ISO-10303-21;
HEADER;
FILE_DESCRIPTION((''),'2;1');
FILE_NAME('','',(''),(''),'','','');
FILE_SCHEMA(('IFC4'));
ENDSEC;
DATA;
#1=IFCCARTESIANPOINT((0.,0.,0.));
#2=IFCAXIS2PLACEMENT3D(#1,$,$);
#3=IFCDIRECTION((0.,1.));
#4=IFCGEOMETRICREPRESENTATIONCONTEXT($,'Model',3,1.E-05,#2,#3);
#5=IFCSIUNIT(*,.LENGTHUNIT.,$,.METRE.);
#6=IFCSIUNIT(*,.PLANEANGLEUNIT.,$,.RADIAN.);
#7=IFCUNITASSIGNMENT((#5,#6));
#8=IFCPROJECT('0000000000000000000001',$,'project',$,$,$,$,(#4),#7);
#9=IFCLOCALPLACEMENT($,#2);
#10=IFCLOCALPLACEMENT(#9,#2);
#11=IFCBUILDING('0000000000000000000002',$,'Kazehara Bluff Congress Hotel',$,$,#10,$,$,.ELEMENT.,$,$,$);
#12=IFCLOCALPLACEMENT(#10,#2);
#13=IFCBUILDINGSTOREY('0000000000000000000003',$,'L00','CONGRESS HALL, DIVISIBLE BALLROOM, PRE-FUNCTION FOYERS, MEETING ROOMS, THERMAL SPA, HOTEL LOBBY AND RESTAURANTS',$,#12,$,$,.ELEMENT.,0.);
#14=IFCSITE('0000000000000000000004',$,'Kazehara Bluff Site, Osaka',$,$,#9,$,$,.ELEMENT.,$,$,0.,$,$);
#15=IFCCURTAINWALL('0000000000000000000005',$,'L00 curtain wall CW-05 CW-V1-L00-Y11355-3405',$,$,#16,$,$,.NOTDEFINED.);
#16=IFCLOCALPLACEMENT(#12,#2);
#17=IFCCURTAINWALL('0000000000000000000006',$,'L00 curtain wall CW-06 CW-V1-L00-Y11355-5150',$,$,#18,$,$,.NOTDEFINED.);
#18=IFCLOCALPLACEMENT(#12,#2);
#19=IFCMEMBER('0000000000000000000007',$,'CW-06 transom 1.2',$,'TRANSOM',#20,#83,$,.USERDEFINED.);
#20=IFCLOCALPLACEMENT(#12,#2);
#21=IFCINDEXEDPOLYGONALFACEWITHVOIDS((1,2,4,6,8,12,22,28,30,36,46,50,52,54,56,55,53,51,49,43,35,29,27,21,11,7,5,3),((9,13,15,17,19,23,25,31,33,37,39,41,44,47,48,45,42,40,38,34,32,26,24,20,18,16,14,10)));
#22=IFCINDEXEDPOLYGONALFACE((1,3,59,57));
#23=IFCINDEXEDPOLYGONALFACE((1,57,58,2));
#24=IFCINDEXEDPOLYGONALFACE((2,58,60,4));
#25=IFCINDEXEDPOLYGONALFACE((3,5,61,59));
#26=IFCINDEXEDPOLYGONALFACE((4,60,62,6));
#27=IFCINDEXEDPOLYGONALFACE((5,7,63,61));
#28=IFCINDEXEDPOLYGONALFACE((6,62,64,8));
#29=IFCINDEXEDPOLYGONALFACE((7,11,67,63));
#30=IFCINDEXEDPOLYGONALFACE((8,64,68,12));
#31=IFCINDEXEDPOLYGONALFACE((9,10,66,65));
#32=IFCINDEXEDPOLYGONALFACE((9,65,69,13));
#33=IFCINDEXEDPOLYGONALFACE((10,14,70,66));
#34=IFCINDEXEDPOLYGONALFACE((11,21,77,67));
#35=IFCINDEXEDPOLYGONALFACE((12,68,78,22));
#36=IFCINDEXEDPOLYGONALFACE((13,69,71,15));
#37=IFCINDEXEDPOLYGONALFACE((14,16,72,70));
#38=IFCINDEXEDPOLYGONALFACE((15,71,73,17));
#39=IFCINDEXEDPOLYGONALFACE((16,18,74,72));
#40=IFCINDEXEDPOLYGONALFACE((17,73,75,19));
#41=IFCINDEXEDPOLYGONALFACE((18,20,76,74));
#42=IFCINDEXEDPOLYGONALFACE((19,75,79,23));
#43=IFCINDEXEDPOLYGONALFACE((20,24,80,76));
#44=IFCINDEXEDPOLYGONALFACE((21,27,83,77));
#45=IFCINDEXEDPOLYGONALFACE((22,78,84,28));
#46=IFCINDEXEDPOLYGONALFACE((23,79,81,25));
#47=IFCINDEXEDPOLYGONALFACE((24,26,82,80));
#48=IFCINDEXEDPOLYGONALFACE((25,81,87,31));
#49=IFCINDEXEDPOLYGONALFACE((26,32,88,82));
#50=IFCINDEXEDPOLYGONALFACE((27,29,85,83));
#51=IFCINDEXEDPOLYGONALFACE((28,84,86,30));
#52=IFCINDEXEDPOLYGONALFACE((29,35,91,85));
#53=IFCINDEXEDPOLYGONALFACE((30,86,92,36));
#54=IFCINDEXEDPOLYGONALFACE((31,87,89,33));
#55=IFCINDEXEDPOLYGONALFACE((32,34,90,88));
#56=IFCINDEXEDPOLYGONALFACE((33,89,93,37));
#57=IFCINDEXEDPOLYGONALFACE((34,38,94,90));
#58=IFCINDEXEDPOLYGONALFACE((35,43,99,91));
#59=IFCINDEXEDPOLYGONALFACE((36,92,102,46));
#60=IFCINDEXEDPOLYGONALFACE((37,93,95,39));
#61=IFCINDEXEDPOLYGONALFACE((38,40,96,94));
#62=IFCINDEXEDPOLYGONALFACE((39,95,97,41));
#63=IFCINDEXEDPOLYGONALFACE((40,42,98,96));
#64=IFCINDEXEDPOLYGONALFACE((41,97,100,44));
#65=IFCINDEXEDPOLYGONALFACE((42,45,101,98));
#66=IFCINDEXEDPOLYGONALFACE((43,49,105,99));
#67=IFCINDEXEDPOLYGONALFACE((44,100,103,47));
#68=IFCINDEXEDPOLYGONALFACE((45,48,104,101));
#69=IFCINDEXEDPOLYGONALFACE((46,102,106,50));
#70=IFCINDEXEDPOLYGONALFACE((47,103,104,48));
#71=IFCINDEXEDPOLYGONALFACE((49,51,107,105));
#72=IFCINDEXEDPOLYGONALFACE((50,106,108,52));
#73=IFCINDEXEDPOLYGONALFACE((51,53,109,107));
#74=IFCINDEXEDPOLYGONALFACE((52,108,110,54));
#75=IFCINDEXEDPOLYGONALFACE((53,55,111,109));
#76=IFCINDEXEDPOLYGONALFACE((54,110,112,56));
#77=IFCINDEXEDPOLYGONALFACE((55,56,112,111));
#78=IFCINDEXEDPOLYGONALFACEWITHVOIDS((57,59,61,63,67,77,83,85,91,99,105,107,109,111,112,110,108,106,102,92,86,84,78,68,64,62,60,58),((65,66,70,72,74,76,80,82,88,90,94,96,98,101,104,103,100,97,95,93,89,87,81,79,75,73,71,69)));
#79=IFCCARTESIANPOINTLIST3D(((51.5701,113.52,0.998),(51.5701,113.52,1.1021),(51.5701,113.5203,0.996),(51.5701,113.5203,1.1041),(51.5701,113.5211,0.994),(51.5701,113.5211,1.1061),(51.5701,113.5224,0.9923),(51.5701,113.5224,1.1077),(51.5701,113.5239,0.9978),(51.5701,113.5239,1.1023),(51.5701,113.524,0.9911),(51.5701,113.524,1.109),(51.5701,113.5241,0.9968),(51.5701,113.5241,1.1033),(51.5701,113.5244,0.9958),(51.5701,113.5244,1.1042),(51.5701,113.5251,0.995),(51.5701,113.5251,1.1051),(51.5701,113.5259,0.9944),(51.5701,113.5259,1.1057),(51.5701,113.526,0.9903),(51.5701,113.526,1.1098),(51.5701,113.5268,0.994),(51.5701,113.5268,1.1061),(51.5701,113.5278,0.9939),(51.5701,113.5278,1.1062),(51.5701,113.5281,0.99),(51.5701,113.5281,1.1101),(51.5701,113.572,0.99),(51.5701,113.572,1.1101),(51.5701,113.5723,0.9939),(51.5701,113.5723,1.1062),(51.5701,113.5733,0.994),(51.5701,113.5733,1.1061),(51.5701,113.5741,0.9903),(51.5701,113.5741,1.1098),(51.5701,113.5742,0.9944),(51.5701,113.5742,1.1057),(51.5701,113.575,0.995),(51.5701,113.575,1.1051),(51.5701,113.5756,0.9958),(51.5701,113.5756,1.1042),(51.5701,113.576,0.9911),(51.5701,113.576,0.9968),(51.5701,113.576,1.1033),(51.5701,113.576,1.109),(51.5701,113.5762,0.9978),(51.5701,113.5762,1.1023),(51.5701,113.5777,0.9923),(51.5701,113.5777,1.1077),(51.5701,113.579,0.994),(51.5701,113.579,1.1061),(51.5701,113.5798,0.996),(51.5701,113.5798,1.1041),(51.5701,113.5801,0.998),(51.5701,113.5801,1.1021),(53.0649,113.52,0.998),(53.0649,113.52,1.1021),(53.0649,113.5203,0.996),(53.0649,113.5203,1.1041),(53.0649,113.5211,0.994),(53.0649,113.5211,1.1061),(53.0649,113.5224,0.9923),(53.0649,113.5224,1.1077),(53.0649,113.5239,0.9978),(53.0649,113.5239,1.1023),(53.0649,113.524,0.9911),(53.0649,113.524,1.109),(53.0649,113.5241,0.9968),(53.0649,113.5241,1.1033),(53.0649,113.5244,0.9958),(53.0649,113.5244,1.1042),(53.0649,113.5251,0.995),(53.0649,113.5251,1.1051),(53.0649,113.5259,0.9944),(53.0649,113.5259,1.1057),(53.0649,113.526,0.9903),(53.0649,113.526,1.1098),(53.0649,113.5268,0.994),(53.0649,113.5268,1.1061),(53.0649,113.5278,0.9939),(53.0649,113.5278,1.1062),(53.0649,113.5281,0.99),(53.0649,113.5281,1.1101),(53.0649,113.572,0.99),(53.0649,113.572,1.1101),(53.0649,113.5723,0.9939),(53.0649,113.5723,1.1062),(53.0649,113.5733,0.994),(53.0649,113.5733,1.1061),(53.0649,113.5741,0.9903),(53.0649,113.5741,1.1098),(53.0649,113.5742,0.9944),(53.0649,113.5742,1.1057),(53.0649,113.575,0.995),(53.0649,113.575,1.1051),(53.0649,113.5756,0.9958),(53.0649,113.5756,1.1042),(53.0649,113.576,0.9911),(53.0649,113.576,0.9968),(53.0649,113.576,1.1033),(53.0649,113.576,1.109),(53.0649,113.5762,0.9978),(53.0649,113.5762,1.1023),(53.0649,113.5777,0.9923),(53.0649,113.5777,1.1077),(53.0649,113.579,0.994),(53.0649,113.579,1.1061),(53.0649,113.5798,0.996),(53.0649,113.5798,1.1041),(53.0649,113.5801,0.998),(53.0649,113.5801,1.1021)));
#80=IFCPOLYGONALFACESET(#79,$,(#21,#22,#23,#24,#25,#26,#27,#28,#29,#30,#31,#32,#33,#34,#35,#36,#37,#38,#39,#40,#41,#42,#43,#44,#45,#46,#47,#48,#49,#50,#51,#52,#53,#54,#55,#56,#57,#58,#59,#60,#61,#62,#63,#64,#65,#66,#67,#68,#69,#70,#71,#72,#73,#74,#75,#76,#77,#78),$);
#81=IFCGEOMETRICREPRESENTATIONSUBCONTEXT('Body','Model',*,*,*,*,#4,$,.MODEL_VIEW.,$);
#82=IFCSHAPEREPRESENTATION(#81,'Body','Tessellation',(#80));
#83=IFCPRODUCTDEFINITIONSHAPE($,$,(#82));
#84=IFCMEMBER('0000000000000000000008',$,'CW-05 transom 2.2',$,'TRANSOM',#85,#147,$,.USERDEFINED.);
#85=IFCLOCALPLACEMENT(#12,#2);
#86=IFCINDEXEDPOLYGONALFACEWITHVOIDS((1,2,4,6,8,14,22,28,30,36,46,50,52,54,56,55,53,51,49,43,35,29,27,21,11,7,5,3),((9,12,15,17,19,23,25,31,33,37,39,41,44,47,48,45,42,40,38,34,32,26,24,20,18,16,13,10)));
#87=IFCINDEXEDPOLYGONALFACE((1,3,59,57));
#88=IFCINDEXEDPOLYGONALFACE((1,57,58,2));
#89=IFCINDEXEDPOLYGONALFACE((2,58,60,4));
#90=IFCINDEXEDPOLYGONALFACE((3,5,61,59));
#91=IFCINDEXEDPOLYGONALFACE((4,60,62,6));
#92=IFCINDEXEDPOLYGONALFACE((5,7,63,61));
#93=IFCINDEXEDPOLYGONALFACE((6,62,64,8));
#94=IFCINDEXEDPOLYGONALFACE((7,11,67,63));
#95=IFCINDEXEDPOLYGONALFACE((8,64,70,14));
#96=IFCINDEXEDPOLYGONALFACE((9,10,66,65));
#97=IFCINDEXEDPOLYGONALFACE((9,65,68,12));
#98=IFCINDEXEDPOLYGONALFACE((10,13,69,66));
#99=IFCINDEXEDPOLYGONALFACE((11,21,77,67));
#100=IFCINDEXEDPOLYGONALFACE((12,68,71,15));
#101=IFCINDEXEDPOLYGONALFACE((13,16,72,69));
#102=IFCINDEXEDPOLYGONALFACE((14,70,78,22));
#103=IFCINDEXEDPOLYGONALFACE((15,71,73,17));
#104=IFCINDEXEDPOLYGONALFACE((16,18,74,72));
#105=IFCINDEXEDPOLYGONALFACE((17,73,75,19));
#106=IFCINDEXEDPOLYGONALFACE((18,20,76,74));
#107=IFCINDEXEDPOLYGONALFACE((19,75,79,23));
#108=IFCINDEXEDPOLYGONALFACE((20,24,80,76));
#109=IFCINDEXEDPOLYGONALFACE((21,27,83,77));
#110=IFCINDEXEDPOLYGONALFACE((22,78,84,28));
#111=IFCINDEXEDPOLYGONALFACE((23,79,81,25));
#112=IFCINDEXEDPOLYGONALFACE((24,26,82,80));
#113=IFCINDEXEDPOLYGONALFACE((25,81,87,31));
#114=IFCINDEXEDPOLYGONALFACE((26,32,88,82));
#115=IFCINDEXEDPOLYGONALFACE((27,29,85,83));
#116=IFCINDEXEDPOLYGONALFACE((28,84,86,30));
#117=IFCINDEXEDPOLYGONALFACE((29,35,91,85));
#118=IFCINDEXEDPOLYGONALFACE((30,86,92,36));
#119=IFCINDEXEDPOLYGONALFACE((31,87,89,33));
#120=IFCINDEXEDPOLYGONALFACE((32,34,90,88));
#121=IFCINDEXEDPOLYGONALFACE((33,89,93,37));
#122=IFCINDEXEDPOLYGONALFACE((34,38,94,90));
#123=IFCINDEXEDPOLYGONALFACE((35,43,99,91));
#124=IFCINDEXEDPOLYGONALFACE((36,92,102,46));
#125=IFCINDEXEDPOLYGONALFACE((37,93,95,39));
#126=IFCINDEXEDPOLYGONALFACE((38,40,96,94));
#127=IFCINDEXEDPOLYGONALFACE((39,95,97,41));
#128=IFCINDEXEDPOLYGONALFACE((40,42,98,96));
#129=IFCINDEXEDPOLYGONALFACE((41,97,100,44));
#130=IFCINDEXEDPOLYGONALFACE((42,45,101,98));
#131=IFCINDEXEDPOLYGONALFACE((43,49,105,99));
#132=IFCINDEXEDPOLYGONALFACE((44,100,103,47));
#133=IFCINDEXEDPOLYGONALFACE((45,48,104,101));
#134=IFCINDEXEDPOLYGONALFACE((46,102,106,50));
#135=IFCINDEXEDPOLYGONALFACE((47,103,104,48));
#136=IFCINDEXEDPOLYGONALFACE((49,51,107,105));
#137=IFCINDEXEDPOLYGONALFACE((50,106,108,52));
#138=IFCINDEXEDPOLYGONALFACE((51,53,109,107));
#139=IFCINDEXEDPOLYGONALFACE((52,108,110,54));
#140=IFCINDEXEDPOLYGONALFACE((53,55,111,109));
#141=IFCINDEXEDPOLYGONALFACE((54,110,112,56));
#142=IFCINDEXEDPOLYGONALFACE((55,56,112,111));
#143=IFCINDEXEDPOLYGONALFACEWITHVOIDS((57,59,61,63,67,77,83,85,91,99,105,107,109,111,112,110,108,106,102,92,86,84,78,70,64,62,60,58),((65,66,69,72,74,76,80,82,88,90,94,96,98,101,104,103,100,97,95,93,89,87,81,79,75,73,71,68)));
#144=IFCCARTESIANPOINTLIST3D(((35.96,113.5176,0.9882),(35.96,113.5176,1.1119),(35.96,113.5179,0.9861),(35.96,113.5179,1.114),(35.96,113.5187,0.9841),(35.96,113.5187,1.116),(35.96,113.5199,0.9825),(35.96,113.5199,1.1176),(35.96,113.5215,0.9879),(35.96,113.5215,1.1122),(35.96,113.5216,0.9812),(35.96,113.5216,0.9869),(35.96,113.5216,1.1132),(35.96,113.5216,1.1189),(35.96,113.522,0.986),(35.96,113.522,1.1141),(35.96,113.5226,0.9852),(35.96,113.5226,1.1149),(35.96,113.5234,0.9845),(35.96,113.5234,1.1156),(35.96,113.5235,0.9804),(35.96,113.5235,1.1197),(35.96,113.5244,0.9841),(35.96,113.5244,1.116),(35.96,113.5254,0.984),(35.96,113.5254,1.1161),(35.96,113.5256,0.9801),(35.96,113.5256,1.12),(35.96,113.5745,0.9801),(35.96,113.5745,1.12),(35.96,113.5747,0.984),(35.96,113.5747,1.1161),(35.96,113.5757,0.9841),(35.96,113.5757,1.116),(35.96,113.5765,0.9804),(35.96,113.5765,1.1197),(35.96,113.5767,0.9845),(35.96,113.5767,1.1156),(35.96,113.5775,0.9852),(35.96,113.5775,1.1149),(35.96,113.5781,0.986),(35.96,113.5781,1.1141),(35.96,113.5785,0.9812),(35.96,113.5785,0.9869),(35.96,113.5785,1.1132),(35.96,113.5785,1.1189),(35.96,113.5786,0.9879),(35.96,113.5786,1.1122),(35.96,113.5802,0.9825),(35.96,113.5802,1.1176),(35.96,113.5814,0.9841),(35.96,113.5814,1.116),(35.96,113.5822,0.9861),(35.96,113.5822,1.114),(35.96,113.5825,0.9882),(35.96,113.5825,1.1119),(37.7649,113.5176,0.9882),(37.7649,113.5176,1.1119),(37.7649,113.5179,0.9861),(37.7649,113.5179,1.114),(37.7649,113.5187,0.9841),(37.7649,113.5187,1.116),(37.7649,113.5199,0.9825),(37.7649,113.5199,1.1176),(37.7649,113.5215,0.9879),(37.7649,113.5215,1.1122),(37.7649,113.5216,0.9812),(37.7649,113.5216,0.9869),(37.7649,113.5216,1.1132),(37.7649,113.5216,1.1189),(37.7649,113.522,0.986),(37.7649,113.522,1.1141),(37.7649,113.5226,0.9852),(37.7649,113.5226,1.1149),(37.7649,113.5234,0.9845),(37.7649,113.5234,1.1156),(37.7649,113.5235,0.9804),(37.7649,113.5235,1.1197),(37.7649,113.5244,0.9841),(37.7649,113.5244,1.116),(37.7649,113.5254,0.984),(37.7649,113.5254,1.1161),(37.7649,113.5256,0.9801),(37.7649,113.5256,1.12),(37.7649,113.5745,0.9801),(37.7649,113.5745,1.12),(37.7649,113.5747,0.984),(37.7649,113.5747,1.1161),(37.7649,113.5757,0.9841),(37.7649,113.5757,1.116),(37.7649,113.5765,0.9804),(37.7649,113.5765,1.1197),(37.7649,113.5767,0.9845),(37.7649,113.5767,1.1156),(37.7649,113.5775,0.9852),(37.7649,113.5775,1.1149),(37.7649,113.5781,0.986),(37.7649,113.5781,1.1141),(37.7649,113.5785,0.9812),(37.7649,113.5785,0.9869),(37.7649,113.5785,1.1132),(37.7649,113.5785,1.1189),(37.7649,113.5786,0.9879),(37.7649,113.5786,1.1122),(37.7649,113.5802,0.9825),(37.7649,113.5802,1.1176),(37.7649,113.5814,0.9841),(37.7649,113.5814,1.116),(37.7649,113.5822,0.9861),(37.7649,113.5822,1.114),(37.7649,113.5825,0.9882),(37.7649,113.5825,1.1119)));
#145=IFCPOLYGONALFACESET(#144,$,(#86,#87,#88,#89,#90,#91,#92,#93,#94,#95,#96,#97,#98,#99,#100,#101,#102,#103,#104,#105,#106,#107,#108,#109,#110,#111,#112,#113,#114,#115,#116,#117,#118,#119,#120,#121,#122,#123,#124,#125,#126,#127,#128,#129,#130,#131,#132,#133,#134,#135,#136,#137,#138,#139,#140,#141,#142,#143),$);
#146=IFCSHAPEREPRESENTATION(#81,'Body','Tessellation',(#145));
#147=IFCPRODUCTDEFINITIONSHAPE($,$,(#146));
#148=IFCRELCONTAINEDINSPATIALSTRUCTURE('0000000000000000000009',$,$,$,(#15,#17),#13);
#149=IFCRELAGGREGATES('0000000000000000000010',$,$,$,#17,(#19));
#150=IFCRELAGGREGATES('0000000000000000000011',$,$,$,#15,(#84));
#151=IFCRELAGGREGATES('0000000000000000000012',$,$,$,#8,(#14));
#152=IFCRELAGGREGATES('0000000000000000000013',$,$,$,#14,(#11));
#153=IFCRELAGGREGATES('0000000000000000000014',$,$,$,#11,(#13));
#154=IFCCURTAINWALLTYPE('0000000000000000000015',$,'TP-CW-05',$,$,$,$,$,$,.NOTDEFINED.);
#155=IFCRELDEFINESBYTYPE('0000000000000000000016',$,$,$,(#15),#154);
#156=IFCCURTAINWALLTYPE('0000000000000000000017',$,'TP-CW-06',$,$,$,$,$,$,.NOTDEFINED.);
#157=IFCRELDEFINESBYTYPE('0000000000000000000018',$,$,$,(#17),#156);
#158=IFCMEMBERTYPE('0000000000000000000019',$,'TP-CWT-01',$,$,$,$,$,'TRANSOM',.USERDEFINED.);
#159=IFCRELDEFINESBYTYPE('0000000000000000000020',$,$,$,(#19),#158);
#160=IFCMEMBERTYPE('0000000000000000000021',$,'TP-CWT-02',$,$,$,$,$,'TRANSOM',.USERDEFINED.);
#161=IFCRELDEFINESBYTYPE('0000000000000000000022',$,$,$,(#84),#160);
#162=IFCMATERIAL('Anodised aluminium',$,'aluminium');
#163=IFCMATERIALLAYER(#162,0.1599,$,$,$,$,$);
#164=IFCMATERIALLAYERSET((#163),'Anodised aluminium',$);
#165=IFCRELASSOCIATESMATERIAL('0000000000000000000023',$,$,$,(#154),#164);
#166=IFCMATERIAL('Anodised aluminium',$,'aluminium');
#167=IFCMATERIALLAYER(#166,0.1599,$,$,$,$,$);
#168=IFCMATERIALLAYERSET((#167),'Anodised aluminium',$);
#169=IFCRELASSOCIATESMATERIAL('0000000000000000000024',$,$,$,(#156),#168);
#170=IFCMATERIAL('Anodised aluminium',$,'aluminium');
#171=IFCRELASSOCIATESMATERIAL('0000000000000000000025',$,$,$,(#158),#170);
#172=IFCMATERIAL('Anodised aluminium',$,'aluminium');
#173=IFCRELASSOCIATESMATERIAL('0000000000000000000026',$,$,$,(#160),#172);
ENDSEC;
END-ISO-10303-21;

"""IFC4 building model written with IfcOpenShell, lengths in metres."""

from ifc_helpers import new_model, si_unit, direction, frame, origin, origin_2d, place, context, subcontext, project, spatial, hollow_rectangle, extrude, material, layer, layer_set, material_profile, profile_set, type_object, element, aggregate, save


model = new_model("IFC4")

# Units and contexts
model_context = context("Model", 3, precision=1e-05, world=origin(), true_north=direction((0.0, 1.0)))
body_context = subcontext(model_context, "Body", "Model", "MODEL_VIEW")
ifc_project = project(units=[si_unit("LENGTHUNIT", "METRE"), si_unit("PLANEANGLEUNIT", "RADIAN")], contexts=[model_context])

# Site, building, storey
site_placement = place(None, origin())
site = spatial("IfcSite", under=ifc_project, at=site_placement, Name="Kazehara Bluff Site, Osaka", CompositionType="ELEMENT", RefElevation=0.0)
building_placement = place(site_placement, origin())
building = spatial("IfcBuilding", under=site, at=building_placement, Name="Kazehara Bluff Congress Hotel", CompositionType="ELEMENT")
storey_placement = place(building_placement, origin())
storey = spatial("IfcBuildingStorey", under=building, at=storey_placement, Name="L00", Description="CONGRESS HALL, DIVISIBLE BALLROOM, PRE-FUNCTION FOYERS, MEETING ROOMS, THERMAL SPA, HOTEL LOBBY AND RESTAURANTS", CompositionType="ELEMENT", Elevation=0.0)

# Curtain walls, member
ifc_material_1 = material(Name="Anodised aluminium", Category="aluminium")
ifc_layer_1 = layer(ifc_material_1, 0.1599)
ifc_layer_set_1 = layer_set([ifc_layer_1], Name="Anodised aluminium")
curtain_wall_type_1 = type_object("IfcCurtainWallType", Name="TP-CW-05", PredefinedType="NOTDEFINED", material=ifc_layer_set_1)
curtain_wall_1_placement = place(storey_placement, origin())
curtain_wall_1 = element("IfcCurtainWall", 1, at=curtain_wall_1_placement, inside=storey, type_object=curtain_wall_type_1, Name="L00 curtain wall CW-05 CW-V1-L00-Y11355-3405", PredefinedType="NOTDEFINED")
ifc_material_2 = material(Name="Anodised aluminium", Category="aluminium")
ifc_layer_2 = layer(ifc_material_2, 0.1599)
ifc_layer_set_2 = layer_set([ifc_layer_2], Name="Anodised aluminium")
curtain_wall_type_2 = type_object("IfcCurtainWallType", Name="TP-CW-06", PredefinedType="NOTDEFINED", material=ifc_layer_set_2)
curtain_wall_2_placement = place(storey_placement, origin())
curtain_wall_2 = element("IfcCurtainWall", 2, at=curtain_wall_2_placement, inside=storey, type_object=curtain_wall_type_2, Name="L00 curtain wall CW-06 CW-V1-L00-Y11355-5150", PredefinedType="NOTDEFINED")
ifc_material_3 = material(Name="Anodised aluminium", Category="aluminium")
ifc_material_profile_1 = material_profile(ifc_material_3, hollow_rectangle(XDim=0.0601, YDim=0.1201, WallThickness=0.0039, InnerFilletRadius=0.0039, OuterFilletRadius=0.0081, at=origin_2d()))
ifc_profile_set_1 = profile_set([ifc_material_profile_1], Name="Anodised aluminium")
member_type_1 = type_object("IfcMemberType", Name="TP-CWT-01", ElementType="TRANSOM", PredefinedType="USERDEFINED", material=ifc_profile_set_1)
member_1_placement = place(storey_placement, frame((51.5701, 113.55, 1.05), z_axis=(1.0, 0.0, 0.0), x_axis=(0.0, 1.0, 0.0)))
member_1 = element("IfcMember", 3, at=member_1_placement, type_object=member_type_1, Name="CW-06 transom 1.2", ObjectType="TRANSOM", PredefinedType="USERDEFINED", context=body_context, shape_type="SweptSolid", body=[
    extrude(hollow_rectangle(XDim=0.0601, YDim=0.1201, WallThickness=0.0039, InnerFilletRadius=0.0039, OuterFilletRadius=0.0081, at=origin_2d()), origin(), (0.0, 0.0, 1.0), 1.4949),
])
aggregate(curtain_wall_2, [member_1])

# Member
ifc_material_4 = material(Name="Anodised aluminium", Category="aluminium")
ifc_material_profile_2 = material_profile(ifc_material_4, hollow_rectangle(XDim=0.0649, YDim=0.1399, WallThickness=0.0039, InnerFilletRadius=0.0039, OuterFilletRadius=0.0081, at=origin_2d()))
ifc_profile_set_2 = profile_set([ifc_material_profile_2], Name="Anodised aluminium")
member_type_2 = type_object("IfcMemberType", Name="TP-CWT-02", ElementType="TRANSOM", PredefinedType="USERDEFINED", material=ifc_profile_set_2)
member_2_placement = place(storey_placement, frame((35.96, 113.55, 1.05), z_axis=(1.0, 0.0, 0.0), x_axis=(0.0, 1.0, 0.0)))
member_2 = element("IfcMember", 4, at=member_2_placement, type_object=member_type_2, Name="CW-05 transom 2.2", ObjectType="TRANSOM", PredefinedType="USERDEFINED", context=body_context, shape_type="SweptSolid", body=[
    extrude(hollow_rectangle(XDim=0.0649, YDim=0.1399, WallThickness=0.0039, InnerFilletRadius=0.0039, OuterFilletRadius=0.0081, at=origin_2d()), origin(), (0.0, 0.0, 1.0), 1.8049),
])

aggregate(curtain_wall_1, [member_2])

save(model, "model.ifc")
